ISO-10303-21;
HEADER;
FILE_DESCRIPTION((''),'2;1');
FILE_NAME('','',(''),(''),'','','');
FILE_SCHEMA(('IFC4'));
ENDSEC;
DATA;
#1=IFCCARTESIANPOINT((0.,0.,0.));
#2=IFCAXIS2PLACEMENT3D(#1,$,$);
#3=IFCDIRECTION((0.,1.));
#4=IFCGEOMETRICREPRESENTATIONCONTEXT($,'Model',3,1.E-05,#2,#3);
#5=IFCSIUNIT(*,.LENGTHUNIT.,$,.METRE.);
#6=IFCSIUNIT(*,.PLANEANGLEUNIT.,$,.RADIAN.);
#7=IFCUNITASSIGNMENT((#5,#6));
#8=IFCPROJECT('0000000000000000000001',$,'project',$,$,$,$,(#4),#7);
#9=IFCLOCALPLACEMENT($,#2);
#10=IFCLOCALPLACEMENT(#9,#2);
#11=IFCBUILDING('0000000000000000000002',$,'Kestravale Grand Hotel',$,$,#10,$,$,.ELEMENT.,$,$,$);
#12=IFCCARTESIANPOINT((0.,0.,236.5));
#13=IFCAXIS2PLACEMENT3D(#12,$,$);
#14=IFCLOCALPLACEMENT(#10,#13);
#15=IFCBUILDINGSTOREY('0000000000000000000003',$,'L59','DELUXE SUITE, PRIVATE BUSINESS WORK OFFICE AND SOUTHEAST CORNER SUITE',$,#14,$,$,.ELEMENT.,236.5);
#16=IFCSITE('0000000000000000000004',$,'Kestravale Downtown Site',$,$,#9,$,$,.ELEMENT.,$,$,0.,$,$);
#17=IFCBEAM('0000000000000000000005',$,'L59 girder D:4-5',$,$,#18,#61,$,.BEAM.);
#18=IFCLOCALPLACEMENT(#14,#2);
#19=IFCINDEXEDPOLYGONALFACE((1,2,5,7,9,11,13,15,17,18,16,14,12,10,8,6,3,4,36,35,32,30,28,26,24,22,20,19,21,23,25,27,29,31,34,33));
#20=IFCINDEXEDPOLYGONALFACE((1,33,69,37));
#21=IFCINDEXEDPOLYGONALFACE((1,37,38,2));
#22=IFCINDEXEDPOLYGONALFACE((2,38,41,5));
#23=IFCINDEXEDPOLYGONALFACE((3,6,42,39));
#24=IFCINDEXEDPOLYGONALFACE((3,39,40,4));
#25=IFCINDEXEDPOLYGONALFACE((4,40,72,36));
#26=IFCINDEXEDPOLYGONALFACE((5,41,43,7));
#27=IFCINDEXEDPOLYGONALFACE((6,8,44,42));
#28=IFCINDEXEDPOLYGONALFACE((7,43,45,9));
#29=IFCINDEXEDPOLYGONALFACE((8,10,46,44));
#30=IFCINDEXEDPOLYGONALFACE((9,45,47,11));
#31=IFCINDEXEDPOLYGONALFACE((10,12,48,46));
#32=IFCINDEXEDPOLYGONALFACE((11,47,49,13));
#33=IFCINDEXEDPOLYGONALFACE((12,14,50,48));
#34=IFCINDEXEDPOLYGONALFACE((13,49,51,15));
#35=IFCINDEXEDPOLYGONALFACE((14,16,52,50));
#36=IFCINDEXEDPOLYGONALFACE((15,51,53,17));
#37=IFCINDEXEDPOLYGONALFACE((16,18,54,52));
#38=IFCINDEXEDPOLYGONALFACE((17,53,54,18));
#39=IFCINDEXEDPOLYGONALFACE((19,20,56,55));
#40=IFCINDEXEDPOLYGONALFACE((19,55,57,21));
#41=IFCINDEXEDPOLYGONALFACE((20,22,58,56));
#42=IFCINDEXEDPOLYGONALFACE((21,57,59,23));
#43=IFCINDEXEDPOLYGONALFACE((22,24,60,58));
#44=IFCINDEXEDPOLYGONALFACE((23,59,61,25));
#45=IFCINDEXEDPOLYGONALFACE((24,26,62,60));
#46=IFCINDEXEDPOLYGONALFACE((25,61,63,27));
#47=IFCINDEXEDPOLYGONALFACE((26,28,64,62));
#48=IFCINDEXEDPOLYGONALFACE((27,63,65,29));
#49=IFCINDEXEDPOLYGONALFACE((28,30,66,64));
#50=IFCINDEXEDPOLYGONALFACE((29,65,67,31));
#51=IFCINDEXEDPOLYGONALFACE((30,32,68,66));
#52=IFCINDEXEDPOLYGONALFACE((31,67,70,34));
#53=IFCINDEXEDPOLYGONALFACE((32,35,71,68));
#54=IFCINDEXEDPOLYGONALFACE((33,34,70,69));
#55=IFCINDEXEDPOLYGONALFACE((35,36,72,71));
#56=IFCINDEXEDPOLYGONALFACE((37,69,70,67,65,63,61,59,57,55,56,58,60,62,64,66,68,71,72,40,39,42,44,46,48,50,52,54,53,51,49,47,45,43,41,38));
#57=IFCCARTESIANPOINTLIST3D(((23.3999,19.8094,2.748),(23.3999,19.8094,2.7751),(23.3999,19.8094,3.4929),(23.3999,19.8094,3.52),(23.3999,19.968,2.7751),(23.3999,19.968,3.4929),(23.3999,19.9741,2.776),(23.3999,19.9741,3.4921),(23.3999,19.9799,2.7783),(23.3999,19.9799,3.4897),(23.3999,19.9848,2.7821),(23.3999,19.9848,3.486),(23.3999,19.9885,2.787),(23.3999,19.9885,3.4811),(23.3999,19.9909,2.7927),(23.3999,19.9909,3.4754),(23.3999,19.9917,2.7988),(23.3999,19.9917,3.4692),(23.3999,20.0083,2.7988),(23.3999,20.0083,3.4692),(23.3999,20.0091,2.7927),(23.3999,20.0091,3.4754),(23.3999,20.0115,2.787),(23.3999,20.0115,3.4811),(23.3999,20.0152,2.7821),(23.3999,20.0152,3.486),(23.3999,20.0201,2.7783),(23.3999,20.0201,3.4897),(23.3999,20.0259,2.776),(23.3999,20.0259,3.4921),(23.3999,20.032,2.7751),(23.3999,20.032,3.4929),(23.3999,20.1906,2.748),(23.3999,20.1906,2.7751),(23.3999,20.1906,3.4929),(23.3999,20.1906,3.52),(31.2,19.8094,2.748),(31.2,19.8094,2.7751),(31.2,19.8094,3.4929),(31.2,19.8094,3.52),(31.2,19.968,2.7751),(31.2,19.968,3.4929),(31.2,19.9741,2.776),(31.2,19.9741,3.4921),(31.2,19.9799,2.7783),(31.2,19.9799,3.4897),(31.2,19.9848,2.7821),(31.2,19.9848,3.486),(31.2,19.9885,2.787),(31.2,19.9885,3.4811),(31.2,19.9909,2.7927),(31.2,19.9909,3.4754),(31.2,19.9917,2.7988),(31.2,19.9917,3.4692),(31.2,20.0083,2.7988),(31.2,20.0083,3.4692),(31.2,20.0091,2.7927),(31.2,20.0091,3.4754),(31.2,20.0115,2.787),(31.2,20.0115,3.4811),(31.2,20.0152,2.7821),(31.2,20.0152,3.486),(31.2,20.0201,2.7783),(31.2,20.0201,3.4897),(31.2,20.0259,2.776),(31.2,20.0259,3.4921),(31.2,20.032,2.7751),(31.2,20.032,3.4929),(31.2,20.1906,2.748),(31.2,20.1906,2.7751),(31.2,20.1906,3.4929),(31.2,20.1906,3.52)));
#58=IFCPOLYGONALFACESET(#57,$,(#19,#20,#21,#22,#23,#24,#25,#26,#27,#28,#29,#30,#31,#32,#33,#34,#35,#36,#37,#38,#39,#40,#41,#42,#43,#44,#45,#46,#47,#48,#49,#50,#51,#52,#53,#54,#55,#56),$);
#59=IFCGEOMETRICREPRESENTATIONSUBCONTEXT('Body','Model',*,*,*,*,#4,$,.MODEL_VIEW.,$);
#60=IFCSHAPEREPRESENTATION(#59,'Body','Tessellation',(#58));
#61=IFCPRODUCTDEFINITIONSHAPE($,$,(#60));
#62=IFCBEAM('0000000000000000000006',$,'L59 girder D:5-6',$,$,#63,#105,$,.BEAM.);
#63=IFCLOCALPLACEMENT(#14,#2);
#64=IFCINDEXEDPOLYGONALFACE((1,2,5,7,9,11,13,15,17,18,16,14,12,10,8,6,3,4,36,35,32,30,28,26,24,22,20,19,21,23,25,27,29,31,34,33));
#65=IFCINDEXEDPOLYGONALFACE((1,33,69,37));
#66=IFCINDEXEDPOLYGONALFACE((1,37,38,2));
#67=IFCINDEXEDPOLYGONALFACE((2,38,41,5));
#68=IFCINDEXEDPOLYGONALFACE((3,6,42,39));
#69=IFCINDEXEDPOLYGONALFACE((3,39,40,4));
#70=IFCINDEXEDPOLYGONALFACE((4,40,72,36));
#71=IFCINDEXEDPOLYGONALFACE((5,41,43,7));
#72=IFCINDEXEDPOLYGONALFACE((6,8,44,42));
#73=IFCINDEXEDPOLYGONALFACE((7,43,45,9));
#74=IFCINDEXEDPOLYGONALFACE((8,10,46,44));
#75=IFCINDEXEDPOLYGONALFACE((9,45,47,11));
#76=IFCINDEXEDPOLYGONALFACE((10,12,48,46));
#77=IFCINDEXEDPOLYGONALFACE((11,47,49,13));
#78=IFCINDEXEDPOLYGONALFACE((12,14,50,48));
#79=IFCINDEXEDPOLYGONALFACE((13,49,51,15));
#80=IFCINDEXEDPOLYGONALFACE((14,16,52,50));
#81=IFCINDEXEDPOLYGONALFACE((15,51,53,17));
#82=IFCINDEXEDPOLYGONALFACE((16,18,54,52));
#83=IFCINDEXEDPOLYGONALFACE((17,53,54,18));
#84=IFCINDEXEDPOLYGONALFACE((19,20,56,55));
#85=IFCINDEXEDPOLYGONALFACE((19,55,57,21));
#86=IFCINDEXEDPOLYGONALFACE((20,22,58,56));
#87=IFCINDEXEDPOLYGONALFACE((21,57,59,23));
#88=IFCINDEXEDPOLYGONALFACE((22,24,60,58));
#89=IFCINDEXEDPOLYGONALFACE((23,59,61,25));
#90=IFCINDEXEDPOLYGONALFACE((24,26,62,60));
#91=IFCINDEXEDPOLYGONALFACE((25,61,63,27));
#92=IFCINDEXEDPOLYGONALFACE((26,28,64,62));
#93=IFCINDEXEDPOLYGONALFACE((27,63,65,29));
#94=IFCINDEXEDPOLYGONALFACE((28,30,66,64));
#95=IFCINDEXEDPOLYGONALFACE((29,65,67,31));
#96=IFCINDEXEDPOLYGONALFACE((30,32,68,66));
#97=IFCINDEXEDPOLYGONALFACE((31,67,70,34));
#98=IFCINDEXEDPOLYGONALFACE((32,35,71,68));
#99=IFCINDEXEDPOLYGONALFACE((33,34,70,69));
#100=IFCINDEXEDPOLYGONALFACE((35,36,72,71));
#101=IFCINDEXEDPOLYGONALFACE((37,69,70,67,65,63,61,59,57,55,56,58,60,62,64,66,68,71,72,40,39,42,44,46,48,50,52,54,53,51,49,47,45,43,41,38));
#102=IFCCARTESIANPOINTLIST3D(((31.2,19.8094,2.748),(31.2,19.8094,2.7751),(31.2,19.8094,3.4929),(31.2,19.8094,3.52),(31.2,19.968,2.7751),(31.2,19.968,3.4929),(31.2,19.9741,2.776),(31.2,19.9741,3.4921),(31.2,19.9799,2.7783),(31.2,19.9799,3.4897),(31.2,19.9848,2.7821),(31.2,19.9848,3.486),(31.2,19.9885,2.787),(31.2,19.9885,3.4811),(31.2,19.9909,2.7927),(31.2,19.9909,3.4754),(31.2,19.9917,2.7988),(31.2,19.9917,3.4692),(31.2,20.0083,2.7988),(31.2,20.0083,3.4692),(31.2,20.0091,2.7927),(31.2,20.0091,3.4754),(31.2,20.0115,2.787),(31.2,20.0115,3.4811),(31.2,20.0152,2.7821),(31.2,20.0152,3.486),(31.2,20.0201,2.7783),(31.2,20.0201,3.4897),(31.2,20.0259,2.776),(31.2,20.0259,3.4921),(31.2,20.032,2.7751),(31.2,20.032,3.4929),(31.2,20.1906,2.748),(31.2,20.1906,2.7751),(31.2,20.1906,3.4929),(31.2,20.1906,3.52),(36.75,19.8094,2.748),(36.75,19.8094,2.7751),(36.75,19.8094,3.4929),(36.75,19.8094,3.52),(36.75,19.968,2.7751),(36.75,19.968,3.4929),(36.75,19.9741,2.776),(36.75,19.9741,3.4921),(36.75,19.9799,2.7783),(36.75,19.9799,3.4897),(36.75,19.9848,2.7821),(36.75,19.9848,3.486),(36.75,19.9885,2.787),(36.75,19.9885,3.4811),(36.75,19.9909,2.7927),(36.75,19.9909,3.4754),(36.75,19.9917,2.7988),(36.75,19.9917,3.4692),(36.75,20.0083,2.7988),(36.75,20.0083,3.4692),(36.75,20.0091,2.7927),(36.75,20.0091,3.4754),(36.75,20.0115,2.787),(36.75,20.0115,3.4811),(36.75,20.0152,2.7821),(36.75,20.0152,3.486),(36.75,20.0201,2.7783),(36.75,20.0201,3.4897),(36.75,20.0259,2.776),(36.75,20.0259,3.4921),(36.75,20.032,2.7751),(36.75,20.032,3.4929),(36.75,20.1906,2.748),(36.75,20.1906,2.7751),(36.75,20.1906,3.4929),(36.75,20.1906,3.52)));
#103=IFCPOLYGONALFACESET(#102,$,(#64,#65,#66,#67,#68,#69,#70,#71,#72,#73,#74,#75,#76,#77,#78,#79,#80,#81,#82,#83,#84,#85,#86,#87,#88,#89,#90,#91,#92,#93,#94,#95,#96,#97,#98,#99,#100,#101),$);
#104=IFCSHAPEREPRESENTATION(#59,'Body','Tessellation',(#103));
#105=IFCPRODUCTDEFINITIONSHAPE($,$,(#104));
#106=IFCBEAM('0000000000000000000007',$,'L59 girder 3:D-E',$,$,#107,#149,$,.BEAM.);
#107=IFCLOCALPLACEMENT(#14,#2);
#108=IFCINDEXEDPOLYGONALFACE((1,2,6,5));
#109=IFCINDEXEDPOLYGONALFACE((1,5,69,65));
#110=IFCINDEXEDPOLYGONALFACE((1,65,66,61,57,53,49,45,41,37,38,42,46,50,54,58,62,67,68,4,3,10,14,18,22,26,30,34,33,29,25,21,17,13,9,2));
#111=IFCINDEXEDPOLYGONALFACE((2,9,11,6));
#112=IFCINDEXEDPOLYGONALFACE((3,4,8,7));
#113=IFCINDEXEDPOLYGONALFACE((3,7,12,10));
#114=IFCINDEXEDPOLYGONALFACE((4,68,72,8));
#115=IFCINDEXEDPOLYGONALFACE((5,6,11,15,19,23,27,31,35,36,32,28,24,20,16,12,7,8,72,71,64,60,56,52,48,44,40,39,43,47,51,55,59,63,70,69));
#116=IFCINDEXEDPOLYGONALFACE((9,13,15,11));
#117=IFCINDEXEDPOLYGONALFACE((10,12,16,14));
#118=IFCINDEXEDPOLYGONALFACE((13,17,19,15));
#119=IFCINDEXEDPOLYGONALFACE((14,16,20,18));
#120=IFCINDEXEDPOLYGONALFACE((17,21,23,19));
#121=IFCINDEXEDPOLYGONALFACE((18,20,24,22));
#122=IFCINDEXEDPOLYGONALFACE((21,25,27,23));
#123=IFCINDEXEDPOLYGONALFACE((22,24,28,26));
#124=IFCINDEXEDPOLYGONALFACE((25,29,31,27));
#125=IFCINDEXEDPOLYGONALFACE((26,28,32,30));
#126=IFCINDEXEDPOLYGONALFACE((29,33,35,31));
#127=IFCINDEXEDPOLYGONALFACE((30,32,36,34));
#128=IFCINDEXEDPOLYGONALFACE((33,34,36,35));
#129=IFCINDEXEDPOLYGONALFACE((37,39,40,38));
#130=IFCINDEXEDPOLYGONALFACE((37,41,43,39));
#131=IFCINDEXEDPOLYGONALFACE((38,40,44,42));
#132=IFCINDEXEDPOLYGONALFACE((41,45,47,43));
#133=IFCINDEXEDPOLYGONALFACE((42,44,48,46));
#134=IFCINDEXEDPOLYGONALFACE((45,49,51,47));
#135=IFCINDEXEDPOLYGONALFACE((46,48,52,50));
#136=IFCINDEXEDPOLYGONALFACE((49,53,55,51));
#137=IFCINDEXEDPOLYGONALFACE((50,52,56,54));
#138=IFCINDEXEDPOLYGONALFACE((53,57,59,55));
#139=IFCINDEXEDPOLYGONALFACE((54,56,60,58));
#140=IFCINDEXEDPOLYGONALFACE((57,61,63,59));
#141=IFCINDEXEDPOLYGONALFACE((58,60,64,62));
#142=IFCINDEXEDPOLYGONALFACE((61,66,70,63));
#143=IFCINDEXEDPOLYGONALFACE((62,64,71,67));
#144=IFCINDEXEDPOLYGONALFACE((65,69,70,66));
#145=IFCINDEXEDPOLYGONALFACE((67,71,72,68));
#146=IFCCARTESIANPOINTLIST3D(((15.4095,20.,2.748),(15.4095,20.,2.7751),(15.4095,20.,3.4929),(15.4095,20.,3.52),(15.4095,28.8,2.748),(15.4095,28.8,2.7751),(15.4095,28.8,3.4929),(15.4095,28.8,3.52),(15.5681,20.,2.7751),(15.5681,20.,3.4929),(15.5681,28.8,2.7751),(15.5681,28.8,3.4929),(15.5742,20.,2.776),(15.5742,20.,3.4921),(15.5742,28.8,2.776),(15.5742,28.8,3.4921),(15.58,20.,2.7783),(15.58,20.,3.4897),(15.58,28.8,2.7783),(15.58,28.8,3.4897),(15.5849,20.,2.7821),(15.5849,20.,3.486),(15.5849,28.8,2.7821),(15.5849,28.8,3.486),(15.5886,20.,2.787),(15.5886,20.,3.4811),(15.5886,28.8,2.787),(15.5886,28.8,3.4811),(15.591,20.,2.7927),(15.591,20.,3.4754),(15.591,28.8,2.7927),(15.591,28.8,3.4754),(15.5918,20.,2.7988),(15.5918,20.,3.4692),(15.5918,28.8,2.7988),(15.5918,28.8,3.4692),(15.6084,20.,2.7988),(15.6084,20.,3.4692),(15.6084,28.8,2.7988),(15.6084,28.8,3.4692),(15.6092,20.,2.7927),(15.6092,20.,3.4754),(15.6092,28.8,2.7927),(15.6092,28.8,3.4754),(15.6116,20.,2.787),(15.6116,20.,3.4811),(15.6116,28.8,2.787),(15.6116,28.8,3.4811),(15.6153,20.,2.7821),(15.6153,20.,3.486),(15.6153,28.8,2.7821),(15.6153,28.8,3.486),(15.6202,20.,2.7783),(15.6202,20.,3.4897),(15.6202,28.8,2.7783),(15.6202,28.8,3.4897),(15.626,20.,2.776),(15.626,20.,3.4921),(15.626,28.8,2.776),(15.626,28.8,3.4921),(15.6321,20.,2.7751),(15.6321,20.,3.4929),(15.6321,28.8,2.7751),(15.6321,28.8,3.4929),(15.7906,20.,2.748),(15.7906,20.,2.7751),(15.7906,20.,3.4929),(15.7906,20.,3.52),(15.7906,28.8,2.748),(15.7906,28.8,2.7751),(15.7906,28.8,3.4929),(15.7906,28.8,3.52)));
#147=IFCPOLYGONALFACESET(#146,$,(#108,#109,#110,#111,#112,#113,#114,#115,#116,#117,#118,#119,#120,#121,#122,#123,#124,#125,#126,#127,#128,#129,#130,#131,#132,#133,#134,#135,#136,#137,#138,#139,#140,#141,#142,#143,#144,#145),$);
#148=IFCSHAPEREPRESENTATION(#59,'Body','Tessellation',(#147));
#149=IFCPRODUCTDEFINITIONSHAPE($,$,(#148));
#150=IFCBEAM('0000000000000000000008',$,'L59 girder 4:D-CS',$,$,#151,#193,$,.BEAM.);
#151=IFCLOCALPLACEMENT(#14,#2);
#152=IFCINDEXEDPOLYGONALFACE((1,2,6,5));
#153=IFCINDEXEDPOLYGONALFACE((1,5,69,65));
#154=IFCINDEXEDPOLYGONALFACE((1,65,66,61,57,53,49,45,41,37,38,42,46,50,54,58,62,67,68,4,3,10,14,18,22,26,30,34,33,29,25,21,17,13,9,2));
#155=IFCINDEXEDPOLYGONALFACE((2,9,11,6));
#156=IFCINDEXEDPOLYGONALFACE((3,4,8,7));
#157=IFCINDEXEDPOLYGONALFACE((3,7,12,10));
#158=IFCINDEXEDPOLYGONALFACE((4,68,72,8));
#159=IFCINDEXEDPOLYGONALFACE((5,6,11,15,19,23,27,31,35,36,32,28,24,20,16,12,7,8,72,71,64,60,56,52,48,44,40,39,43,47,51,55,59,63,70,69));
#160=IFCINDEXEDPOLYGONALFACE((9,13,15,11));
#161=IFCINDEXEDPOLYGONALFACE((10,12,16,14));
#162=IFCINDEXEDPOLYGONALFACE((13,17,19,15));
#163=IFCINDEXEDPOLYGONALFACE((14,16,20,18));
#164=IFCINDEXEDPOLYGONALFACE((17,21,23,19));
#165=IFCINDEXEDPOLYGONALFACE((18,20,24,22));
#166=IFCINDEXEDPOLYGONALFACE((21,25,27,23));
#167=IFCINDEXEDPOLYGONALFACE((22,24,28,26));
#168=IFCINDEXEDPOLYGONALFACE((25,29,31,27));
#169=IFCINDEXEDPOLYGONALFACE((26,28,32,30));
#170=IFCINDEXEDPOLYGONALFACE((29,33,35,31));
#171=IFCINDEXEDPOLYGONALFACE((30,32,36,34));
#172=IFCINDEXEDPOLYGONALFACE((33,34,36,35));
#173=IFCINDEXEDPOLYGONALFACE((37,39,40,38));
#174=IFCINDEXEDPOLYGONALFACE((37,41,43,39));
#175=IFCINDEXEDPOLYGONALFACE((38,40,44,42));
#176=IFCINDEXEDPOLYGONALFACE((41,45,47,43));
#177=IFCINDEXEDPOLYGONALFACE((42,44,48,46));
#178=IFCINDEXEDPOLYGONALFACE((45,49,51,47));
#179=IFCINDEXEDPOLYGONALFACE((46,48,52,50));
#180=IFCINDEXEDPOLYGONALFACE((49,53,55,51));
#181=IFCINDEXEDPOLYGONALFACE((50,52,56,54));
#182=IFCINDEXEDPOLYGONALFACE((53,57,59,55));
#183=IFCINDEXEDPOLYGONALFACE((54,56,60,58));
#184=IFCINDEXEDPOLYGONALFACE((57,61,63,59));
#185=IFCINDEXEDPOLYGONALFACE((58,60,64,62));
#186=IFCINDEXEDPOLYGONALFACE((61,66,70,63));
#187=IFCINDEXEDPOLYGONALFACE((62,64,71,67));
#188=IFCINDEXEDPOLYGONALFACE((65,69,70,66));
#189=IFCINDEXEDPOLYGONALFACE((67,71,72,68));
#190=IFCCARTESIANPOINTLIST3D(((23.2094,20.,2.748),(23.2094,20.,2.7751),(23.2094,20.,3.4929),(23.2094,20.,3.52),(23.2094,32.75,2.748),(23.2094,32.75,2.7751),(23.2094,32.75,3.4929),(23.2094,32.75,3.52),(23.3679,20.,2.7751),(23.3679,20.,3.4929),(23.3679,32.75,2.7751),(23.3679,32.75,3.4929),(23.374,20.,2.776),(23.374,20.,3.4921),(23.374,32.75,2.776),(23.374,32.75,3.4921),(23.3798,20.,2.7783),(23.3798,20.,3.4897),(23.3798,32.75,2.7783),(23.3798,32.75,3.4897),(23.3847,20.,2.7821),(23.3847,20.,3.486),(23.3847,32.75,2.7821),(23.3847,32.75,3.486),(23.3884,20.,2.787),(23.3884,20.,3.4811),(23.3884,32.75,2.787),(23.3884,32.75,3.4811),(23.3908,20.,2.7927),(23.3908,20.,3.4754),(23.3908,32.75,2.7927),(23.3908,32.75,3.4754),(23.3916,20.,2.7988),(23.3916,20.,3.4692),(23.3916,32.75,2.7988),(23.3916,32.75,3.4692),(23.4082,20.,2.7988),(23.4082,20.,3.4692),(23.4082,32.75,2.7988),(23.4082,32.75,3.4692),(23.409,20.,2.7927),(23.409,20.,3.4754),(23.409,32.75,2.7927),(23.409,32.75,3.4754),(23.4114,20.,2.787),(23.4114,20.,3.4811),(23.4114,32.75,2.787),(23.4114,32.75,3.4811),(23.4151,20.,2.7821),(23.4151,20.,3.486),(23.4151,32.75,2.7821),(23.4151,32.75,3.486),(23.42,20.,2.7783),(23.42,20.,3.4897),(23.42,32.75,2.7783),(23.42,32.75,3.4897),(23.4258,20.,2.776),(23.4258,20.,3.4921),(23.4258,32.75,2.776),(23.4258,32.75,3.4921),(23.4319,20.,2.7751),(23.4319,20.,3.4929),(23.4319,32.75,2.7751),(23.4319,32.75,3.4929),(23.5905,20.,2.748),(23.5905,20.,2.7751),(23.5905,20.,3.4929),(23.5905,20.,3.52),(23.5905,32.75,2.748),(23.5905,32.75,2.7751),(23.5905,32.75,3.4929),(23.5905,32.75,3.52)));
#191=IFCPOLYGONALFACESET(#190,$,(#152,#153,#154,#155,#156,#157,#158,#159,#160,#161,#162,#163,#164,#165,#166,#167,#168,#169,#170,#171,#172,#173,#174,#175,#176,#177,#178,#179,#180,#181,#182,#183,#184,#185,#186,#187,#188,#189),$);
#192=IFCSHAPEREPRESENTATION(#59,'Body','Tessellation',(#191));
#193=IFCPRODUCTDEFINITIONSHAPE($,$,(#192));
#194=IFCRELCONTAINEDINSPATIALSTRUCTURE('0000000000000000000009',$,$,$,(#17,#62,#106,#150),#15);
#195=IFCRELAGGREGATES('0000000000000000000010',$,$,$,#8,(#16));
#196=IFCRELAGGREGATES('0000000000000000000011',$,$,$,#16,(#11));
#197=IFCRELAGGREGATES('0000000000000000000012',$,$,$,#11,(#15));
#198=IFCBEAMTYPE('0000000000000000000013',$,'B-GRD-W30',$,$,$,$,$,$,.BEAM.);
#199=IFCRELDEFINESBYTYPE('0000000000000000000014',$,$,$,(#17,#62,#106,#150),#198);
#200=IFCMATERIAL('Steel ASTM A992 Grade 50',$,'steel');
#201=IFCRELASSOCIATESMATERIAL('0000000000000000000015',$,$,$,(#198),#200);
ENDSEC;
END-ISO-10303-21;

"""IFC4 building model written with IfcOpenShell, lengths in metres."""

from ifc_helpers import new_model, si_unit, direction, frame, origin, origin_2d, place, context, subcontext, project, spatial, i_section, extrude, material, material_profile, profile_set, type_object, element, save


model = new_model("IFC4")

# Units and contexts
model_context = context("Model", 3, precision=1e-05, world=origin(), true_north=direction((0.0, 1.0)))
body_context = subcontext(model_context, "Body", "Model", "MODEL_VIEW")
ifc_project = project(units=[si_unit("LENGTHUNIT", "METRE"), si_unit("PLANEANGLEUNIT", "RADIAN")], contexts=[model_context])

# Site, building, storey
site_placement = place(None, origin())
site = spatial("IfcSite", under=ifc_project, at=site_placement, Name="Kestravale Downtown Site", CompositionType="ELEMENT", RefElevation=0.0)
building_placement = place(site_placement, origin())
building = spatial("IfcBuilding", under=site, at=building_placement, Name="Kestravale Grand Hotel", CompositionType="ELEMENT")
storey_placement = place(building_placement, frame((0.0, 0.0, 236.5)))
storey = spatial("IfcBuildingStorey", under=building, at=storey_placement, Name="L59", Description="DELUXE SUITE, PRIVATE BUSINESS WORK OFFICE AND SOUTHEAST CORNER SUITE", CompositionType="ELEMENT", Elevation=236.5)

# Beams
ifc_material_1 = material(Name="Steel ASTM A992 Grade 50", Category="steel")
ifc_material_profile_1 = material_profile(ifc_material_1, i_section(OverallWidth=0.3811, OverallDepth=0.772, WebThickness=0.0166, FlangeThickness=0.0271, FilletRadius=0.0237, at=origin_2d()))
ifc_profile_set_1 = profile_set([ifc_material_profile_1], Name="Steel ASTM A992 Grade 50")
beam_type_1 = type_object("IfcBeamType", Name="B-GRD-W30", PredefinedType="BEAM", material=ifc_profile_set_1)
beam_1_placement = place(storey_placement, frame((23.3999, 20.0, 3.134), z_axis=(1.0, 0.0, 0.0), x_axis=(0.0, 1.0, 0.0)))
element("IfcBeam", 1, at=beam_1_placement, inside=storey, type_object=beam_type_1, Name="L59 girder D:4-5", PredefinedType="BEAM", context=body_context, shape_type="SweptSolid", body=[
    extrude(i_section(OverallWidth=0.3811, OverallDepth=0.772, WebThickness=0.0166, FlangeThickness=0.0271, FilletRadius=0.0237, at=origin_2d()), origin(), (0.0, 0.0, 1.0), 7.8),
])
beam_2_placement = place(storey_placement, frame((31.2, 20.0, 3.134), z_axis=(1.0, 0.0, 0.0), x_axis=(0.0, 1.0, 0.0)))
element("IfcBeam", 2, at=beam_2_placement, inside=storey, type_object=beam_type_1, Name="L59 girder D:5-6", PredefinedType="BEAM", context=body_context, shape_type="SweptSolid", body=[
    extrude(i_section(OverallWidth=0.3811, OverallDepth=0.772, WebThickness=0.0166, FlangeThickness=0.0271, FilletRadius=0.0237, at=origin_2d()), origin(), (0.0, 0.0, 1.0), 5.55),
])
beam_3_placement = place(storey_placement, frame((15.6001, 20.0, 3.134), z_axis=(0.0, 1.0, 0.0), x_axis=(-1.0, 0.0, 0.0)))
element("IfcBeam", 3, at=beam_3_placement, inside=storey, type_object=beam_type_1, Name="L59 girder 3:D-E", PredefinedType="BEAM", context=body_context, shape_type="SweptSolid", body=[
    extrude(i_section(OverallWidth=0.3811, OverallDepth=0.772, WebThickness=0.0166, FlangeThickness=0.0271, FilletRadius=0.0237, at=origin_2d()), origin(), (0.0, 0.0, 1.0), 8.8),
])
for number, where, z_axis, x_axis, name in (
    (4, (23.3999, 20.0, 3.134), (0.0, 1.0, 0.0), (-1.0, 0.0, 0.0), "L59 girder 4:D-CS"),
):
    element("IfcBeam", number, at=place(storey_placement, frame(where, z_axis=z_axis, x_axis=x_axis)), inside=storey, type_object=beam_type_1, Name=name, PredefinedType="BEAM", context=body_context, shape_type="SweptSolid", body=[
        extrude(i_section(OverallWidth=0.3811, OverallDepth=0.772, WebThickness=0.0166, FlangeThickness=0.0271, FilletRadius=0.0237, at=origin_2d()), origin(), (0.0, 0.0, 1.0), 12.75),
    ])

save(model, "model.ifc")
